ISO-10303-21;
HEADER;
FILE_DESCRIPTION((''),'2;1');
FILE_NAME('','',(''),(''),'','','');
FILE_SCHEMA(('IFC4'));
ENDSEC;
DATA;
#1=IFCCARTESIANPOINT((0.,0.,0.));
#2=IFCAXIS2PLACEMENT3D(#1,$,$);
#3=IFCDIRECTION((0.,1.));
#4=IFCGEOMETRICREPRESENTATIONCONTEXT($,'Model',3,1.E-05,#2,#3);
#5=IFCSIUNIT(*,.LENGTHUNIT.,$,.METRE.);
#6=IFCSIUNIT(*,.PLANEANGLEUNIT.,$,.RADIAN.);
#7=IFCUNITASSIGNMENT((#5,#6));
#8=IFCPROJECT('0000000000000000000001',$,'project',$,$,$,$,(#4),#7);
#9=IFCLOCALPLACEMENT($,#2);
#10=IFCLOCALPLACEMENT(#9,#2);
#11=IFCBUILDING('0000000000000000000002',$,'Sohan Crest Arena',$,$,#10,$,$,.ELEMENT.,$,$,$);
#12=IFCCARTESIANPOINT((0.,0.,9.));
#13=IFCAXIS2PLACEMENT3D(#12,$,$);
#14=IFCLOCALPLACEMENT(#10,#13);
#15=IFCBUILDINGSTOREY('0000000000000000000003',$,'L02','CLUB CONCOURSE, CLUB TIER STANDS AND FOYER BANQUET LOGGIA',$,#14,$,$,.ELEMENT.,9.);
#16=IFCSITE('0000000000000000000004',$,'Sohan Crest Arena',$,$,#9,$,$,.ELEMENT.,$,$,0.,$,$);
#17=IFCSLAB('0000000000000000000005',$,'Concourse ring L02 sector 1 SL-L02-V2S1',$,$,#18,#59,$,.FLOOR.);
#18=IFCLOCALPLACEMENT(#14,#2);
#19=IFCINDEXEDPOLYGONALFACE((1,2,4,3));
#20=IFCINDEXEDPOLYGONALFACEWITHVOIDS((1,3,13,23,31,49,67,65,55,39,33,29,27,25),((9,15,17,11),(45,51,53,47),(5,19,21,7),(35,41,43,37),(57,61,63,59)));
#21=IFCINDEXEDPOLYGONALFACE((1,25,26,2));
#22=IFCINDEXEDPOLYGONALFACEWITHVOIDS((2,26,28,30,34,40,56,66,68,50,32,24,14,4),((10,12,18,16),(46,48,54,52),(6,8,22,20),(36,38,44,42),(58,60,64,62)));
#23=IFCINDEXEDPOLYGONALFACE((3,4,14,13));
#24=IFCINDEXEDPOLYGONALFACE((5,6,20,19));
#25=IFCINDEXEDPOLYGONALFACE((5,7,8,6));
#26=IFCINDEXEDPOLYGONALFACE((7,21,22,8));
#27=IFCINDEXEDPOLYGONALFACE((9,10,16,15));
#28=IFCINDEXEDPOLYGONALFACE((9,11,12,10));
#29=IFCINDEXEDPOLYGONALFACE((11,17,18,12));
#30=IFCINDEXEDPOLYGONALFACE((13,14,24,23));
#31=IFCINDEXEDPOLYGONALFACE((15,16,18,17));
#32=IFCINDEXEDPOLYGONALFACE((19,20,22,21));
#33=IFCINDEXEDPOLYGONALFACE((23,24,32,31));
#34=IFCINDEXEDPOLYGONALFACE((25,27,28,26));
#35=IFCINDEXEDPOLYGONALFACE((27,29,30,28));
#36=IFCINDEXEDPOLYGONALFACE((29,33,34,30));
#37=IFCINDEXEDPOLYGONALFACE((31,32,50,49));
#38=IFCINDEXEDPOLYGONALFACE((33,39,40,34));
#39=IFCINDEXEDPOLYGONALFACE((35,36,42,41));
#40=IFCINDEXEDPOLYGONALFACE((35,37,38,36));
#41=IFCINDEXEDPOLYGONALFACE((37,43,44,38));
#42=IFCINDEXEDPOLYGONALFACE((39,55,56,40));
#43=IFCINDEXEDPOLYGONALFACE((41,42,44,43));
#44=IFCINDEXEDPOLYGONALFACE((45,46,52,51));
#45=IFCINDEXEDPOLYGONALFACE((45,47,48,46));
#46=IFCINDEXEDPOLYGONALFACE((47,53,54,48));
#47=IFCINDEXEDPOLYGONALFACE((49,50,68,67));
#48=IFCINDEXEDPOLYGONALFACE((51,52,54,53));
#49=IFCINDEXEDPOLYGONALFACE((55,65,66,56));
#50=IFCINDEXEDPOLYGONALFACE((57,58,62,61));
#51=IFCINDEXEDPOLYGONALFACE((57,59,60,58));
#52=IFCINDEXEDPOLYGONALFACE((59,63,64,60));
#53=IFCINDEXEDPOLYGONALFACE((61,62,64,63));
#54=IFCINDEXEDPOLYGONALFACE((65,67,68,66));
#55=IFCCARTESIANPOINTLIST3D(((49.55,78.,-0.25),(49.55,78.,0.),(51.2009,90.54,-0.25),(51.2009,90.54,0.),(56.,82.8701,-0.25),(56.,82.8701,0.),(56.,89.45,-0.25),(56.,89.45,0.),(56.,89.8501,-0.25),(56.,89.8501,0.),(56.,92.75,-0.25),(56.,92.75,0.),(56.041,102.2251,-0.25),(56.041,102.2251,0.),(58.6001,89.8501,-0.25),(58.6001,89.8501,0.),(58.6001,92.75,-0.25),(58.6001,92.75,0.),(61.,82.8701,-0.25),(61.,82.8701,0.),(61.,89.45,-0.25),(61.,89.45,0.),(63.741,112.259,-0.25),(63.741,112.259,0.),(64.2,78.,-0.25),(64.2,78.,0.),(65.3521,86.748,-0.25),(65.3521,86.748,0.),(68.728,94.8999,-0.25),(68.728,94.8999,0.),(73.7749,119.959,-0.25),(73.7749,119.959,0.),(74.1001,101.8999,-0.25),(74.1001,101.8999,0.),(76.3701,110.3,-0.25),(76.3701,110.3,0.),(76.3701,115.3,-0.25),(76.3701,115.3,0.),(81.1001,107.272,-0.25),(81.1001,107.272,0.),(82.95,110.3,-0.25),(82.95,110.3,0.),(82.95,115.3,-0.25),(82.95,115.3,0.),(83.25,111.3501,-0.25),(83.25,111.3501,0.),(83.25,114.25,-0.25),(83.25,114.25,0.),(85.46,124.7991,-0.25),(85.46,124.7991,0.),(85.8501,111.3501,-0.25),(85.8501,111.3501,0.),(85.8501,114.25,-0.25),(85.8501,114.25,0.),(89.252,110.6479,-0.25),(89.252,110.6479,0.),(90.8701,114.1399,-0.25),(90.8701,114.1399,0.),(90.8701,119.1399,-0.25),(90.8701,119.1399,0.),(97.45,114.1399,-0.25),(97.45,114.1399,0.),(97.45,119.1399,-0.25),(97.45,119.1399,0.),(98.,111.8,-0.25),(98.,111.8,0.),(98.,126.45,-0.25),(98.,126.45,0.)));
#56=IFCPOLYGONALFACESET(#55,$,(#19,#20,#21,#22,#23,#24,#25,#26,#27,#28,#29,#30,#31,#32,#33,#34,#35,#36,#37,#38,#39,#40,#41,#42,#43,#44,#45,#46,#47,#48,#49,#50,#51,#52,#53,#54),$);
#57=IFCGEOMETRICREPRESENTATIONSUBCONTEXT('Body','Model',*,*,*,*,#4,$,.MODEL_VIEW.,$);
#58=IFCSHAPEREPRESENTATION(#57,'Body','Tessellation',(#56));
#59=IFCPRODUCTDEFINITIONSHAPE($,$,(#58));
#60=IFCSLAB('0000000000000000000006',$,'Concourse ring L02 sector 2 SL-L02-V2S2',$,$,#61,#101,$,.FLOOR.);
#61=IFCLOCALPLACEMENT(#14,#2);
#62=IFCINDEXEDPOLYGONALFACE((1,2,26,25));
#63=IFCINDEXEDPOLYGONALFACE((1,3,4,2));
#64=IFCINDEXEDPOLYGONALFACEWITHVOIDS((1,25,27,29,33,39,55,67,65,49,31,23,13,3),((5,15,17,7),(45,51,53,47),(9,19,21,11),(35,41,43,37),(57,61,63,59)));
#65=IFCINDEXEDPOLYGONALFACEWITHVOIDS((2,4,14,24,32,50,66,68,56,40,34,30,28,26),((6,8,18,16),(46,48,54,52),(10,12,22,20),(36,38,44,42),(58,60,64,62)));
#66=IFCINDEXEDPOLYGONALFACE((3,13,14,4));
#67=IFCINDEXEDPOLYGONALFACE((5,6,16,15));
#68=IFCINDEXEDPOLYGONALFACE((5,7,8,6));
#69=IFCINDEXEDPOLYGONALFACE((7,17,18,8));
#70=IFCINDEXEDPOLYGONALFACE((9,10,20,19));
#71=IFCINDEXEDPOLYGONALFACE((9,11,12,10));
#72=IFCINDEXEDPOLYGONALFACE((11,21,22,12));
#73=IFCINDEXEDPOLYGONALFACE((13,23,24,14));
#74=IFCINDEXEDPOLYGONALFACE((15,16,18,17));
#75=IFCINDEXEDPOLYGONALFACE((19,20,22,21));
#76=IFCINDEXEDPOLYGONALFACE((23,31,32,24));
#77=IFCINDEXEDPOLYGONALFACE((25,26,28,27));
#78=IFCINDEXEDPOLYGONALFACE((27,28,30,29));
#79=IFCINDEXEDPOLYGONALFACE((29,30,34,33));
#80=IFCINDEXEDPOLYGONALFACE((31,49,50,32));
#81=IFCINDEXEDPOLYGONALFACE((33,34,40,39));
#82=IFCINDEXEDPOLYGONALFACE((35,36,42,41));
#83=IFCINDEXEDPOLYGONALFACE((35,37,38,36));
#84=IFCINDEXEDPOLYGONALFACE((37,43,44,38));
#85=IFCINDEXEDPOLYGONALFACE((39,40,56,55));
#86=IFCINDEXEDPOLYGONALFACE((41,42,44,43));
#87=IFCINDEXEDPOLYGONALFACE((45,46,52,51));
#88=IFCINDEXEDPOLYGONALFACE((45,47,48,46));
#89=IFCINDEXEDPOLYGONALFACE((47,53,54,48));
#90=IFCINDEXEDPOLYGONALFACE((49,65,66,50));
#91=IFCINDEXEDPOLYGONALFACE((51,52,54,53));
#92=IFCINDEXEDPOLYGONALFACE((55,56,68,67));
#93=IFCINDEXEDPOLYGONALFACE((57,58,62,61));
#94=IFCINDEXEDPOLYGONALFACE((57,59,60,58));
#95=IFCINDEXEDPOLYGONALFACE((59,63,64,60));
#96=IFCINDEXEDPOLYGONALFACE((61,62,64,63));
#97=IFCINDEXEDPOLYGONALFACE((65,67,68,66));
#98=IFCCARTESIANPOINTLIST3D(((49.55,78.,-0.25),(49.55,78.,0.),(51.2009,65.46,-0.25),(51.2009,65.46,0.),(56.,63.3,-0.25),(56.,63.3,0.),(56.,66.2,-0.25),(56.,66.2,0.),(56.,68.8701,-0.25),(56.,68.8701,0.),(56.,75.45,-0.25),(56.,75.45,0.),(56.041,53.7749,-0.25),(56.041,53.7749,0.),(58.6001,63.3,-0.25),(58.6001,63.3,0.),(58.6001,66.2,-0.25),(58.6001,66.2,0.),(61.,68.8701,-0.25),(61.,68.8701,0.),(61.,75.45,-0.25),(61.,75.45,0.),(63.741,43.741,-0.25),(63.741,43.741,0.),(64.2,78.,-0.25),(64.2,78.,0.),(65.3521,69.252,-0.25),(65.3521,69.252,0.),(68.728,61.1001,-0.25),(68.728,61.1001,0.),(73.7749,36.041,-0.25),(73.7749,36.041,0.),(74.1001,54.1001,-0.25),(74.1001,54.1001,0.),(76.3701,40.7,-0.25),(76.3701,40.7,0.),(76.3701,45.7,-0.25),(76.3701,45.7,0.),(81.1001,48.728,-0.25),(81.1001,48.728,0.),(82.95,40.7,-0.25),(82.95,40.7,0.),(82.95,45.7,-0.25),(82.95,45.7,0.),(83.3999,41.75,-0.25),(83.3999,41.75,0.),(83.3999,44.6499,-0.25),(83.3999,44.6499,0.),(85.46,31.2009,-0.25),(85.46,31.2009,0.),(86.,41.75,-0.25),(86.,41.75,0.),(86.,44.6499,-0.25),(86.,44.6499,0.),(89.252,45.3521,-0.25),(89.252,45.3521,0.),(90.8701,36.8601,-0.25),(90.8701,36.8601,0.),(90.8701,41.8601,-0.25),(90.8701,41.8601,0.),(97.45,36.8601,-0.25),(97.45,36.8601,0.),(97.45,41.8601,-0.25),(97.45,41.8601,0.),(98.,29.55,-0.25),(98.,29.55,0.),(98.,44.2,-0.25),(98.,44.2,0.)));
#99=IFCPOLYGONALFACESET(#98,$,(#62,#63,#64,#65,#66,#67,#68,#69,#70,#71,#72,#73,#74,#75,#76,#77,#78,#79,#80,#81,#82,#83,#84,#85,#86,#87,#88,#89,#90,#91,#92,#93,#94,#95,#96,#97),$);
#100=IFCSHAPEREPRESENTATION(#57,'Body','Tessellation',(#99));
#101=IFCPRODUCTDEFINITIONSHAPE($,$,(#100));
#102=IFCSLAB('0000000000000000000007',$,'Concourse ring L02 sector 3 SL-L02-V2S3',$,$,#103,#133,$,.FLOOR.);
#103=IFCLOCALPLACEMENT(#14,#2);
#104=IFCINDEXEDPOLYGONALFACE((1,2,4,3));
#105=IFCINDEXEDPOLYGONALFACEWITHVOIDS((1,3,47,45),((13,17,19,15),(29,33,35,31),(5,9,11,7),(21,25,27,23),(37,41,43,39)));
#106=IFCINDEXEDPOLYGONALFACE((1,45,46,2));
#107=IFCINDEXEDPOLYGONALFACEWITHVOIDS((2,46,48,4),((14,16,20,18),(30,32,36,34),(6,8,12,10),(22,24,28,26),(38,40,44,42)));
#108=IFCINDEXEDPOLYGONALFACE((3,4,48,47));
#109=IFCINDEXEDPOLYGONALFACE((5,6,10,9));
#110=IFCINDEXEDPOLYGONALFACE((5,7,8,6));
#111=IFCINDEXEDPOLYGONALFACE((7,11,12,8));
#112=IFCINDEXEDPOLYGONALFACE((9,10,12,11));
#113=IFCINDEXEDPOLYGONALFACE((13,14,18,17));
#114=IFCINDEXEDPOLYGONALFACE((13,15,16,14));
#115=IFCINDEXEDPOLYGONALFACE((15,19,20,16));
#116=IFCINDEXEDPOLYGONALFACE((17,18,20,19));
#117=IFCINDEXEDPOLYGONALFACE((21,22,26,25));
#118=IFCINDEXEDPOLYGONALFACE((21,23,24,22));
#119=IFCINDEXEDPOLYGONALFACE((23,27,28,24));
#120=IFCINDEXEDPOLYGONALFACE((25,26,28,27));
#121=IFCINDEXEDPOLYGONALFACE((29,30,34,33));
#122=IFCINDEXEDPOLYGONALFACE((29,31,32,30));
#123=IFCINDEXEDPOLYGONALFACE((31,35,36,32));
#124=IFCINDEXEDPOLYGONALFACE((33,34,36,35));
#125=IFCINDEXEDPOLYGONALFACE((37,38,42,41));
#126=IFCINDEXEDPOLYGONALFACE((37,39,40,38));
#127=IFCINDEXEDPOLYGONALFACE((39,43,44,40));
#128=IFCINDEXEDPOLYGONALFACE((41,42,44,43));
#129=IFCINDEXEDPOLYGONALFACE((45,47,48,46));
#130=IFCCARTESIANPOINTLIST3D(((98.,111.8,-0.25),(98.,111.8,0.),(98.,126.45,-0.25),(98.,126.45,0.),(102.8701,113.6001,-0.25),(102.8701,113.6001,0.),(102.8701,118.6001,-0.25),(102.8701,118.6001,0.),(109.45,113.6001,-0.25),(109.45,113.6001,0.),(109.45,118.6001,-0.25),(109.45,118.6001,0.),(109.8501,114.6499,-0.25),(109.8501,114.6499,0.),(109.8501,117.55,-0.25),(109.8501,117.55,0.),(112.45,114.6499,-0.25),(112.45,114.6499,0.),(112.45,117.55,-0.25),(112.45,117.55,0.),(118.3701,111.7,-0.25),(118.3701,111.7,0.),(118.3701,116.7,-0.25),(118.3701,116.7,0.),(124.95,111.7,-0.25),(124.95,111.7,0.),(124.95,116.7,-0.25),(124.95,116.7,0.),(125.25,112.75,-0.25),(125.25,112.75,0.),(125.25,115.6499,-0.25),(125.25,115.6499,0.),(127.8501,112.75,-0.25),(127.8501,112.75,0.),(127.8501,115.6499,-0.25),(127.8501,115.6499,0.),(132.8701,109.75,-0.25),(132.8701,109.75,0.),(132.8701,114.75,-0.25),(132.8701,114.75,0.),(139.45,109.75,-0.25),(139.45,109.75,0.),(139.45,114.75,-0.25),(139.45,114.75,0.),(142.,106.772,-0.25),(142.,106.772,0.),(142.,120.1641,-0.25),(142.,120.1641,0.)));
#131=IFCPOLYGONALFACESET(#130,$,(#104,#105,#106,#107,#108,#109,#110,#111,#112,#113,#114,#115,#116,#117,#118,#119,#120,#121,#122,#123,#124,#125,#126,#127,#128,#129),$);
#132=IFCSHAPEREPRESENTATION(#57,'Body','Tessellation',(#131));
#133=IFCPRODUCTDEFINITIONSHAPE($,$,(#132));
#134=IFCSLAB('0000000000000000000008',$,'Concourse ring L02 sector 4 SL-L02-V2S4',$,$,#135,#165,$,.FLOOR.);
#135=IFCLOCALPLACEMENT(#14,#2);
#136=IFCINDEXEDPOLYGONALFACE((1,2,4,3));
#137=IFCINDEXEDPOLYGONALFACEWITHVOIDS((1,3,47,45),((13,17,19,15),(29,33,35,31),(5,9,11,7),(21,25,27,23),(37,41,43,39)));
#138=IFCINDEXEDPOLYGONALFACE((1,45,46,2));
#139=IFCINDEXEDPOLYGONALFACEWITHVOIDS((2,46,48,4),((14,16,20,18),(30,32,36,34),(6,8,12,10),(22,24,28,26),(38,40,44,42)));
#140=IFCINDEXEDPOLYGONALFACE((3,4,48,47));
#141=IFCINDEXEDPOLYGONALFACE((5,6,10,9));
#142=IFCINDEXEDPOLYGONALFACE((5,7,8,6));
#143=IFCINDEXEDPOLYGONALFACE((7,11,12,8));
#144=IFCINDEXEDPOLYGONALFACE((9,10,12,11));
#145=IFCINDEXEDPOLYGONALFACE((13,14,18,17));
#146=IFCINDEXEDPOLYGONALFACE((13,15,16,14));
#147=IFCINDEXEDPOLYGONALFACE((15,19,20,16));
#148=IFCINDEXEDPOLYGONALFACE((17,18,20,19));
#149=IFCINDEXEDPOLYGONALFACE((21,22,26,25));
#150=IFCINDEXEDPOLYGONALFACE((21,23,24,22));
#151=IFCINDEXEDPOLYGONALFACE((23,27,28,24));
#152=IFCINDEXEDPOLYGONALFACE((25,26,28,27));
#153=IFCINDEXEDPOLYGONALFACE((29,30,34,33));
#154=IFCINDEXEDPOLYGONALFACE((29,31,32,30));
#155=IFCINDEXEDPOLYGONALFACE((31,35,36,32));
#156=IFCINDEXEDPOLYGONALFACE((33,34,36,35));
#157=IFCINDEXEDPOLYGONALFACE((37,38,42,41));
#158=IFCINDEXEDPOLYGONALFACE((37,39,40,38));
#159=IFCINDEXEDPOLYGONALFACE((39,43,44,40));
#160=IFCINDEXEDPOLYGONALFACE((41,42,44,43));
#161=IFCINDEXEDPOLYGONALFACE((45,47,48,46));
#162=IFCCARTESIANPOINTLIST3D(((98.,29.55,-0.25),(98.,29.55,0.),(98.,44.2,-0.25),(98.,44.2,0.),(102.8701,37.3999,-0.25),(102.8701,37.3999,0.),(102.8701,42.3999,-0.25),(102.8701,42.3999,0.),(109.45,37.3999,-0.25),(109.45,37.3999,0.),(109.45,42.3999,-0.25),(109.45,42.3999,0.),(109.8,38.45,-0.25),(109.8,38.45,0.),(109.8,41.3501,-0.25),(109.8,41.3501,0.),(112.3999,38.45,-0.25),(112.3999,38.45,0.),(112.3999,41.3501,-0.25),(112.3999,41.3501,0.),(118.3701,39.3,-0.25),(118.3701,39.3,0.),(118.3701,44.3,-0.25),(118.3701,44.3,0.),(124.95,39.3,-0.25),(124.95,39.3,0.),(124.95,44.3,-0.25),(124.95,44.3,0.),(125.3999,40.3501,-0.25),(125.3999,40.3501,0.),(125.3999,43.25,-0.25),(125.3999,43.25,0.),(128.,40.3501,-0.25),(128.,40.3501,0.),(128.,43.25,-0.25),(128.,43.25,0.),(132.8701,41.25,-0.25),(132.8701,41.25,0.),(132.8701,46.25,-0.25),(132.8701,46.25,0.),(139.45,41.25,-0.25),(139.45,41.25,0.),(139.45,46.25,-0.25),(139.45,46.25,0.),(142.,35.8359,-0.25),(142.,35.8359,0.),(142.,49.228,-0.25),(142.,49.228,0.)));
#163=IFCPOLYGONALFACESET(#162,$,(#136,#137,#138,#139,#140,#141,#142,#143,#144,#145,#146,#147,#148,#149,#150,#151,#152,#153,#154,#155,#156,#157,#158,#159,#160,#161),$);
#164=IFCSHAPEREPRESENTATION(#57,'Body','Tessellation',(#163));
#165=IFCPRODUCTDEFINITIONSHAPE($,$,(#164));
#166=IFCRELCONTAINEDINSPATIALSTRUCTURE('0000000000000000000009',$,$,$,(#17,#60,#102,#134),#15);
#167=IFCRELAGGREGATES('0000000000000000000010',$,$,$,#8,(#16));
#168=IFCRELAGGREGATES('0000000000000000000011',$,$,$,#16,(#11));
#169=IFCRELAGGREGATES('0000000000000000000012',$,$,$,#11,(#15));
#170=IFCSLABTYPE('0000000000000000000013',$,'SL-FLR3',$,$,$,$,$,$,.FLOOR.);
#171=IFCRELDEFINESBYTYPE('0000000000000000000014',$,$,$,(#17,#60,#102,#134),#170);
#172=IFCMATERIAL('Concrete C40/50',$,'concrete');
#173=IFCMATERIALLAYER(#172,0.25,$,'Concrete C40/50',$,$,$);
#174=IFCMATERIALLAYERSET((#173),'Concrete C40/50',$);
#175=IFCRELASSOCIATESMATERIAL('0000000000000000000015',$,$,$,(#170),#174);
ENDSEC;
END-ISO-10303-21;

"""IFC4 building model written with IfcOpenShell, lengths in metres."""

from ifc_helpers import new_model, si_unit, direction, frame, origin, place, context, subcontext, project, spatial, polyline, outline, extrude, material, layer, layer_set, type_object, element, save


model = new_model("IFC4")

# Units and contexts
model_context = context("Model", 3, precision=1e-05, world=origin(), true_north=direction((0.0, 1.0)))
body_context = subcontext(model_context, "Body", "Model", "MODEL_VIEW")
ifc_project = project(units=[si_unit("LENGTHUNIT", "METRE"), si_unit("PLANEANGLEUNIT", "RADIAN")], contexts=[model_context])

# Site, building, storey
site_placement = place(None, origin())
site = spatial("IfcSite", under=ifc_project, at=site_placement, Name="Sohan Crest Arena", CompositionType="ELEMENT", RefElevation=0.0)
building_placement = place(site_placement, origin())
building = spatial("IfcBuilding", under=site, at=building_placement, Name="Sohan Crest Arena", CompositionType="ELEMENT")
storey_placement = place(building_placement, frame((0.0, 0.0, 9.0)))
storey = spatial("IfcBuildingStorey", under=building, at=storey_placement, Name="L02", Description="CLUB CONCOURSE, CLUB TIER STANDS AND FOYER BANQUET LOGGIA", CompositionType="ELEMENT", Elevation=9.0)

# Slabs
ifc_material = material(Name="Concrete C40/50", Category="concrete")
ifc_layer_1 = layer(ifc_material, 0.25, Name="Concrete C40/50")
ifc_layer_set_1 = layer_set([ifc_layer_1], Name="Concrete C40/50")
slab_type_1 = type_object("IfcSlabType", Name="SL-FLR3", PredefinedType="FLOOR", material=ifc_layer_set_1)
slab_1_placement = place(storey_placement, frame((0.0, 0.0, -0.25)))
element("IfcSlab", 1, at=slab_1_placement, inside=storey, type_object=slab_type_1, Name="Concourse ring L02 sector 1 SL-L02-V2S1", PredefinedType="FLOOR", context=body_context, shape_type="SweptSolid", body=[
    extrude(outline(polyline([(51.2009, 90.54), (56.041, 102.2251), (63.741, 112.259), (73.7749, 119.959), (85.46, 124.7991), (98.0, 126.45), (98.0, 111.8), (89.252, 110.6479), (81.1001, 107.272), (74.1001, 101.8999), (68.728, 94.8999), (65.3521, 86.748), (64.2, 78.0), (49.55, 78.0), (51.2009, 90.54)]), holes=[polyline([(56.0, 82.8701), (61.0, 82.8701), (61.0, 89.45), (56.0, 89.45), (56.0, 82.8701)]), polyline([(56.0, 92.75), (56.0, 89.8501), (58.6001, 89.8501), (58.6001, 92.75), (56.0, 92.75)]), polyline([(76.3701, 110.3), (82.95, 110.3), (82.95, 115.3), (76.3701, 115.3), (76.3701, 110.3)]), polyline([(83.25, 114.25), (83.25, 111.3501), (85.8501, 111.3501), (85.8501, 114.25), (83.25, 114.25)]), polyline([(97.45, 114.1399), (97.45, 119.1399), (90.8701, 119.1399), (90.8701, 114.1399), (97.45, 114.1399)])]), origin(), (0.0, 0.0, 1.0), 0.25),
])
slab_2_placement = place(storey_placement, frame((0.0, 0.0, -0.25)))
element("IfcSlab", 2, at=slab_2_placement, inside=storey, type_object=slab_type_1, Name="Concourse ring L02 sector 2 SL-L02-V2S2", PredefinedType="FLOOR", context=body_context, shape_type="SweptSolid", body=[
    extrude(outline(polyline([(63.741, 43.741), (56.041, 53.7749), (51.2009, 65.46), (49.55, 78.0), (64.2, 78.0), (65.3521, 69.252), (68.728, 61.1001), (74.1001, 54.1001), (81.1001, 48.728), (89.252, 45.3521), (98.0, 44.2), (98.0, 29.55), (85.46, 31.2009), (73.7749, 36.041), (63.741, 43.741)]), holes=[polyline([(61.0, 75.45), (56.0, 75.45), (56.0, 68.8701), (61.0, 68.8701), (61.0, 75.45)]), polyline([(58.6001, 63.3), (58.6001, 66.2), (56.0, 66.2), (56.0, 63.3), (58.6001, 63.3)]), polyline([(82.95, 45.7), (76.3701, 45.7), (76.3701, 40.7), (82.95, 40.7), (82.95, 45.7)]), polyline([(86.0, 41.75), (86.0, 44.6499), (83.3999, 44.6499), (83.3999, 41.75), (86.0, 41.75)]), polyline([(97.45, 41.8601), (90.8701, 41.8601), (90.8701, 36.8601), (97.45, 36.8601), (97.45, 41.8601)])]), origin(), (0.0, 0.0, 1.0), 0.25),
])
slab_3_placement = place(storey_placement, frame((0.0, 0.0, -0.25)))
element("IfcSlab", 3, at=slab_3_placement, inside=storey, type_object=slab_type_1, Name="Concourse ring L02 sector 3 SL-L02-V2S3", PredefinedType="FLOOR", context=body_context, shape_type="SweptSolid", body=[
    extrude(outline(polyline([(98.0, 126.45), (142.0, 120.1641), (142.0, 106.772), (98.0, 111.8), (98.0, 126.45)]), holes=[polyline([(102.8701, 113.6001), (109.45, 113.6001), (109.45, 118.6001), (102.8701, 118.6001), (102.8701, 113.6001)]), polyline([(109.8501, 117.55), (109.8501, 114.6499), (112.45, 114.6499), (112.45, 117.55), (109.8501, 117.55)]), polyline([(118.3701, 111.7), (124.95, 111.7), (124.95, 116.7), (118.3701, 116.7), (118.3701, 111.7)]), polyline([(125.25, 115.6499), (125.25, 112.75), (127.8501, 112.75), (127.8501, 115.6499), (125.25, 115.6499)]), polyline([(132.8701, 114.75), (132.8701, 109.75), (139.45, 109.75), (139.45, 114.75), (132.8701, 114.75)])]), origin(), (0.0, 0.0, 1.0), 0.25),
])
slab_4_placement = place(storey_placement, frame((0.0, 0.0, -0.25)))
element("IfcSlab", 4, at=slab_4_placement, inside=storey, type_object=slab_type_1, Name="Concourse ring L02 sector 4 SL-L02-V2S4", PredefinedType="FLOOR", context=body_context, shape_type="SweptSolid", body=[
    extrude(outline(polyline([(142.0, 35.8359), (98.0, 29.55), (98.0, 44.2), (142.0, 49.228), (142.0, 35.8359)]), holes=[polyline([(109.45, 42.3999), (102.8701, 42.3999), (102.8701, 37.3999), (109.45, 37.3999), (109.45, 42.3999)]), polyline([(112.3999, 38.45), (112.3999, 41.3501), (109.8, 41.3501), (109.8, 38.45), (112.3999, 38.45)]), polyline([(124.95, 44.3), (118.3701, 44.3), (118.3701, 39.3), (124.95, 39.3), (124.95, 44.3)]), polyline([(128.0, 40.3501), (128.0, 43.25), (125.3999, 43.25), (125.3999, 40.3501), (128.0, 40.3501)]), polyline([(132.8701, 41.25), (139.45, 41.25), (139.45, 46.25), (132.8701, 46.25), (132.8701, 41.25)])]), origin(), (0.0, 0.0, 1.0), 0.25),
])

save(model, "model.ifc")
